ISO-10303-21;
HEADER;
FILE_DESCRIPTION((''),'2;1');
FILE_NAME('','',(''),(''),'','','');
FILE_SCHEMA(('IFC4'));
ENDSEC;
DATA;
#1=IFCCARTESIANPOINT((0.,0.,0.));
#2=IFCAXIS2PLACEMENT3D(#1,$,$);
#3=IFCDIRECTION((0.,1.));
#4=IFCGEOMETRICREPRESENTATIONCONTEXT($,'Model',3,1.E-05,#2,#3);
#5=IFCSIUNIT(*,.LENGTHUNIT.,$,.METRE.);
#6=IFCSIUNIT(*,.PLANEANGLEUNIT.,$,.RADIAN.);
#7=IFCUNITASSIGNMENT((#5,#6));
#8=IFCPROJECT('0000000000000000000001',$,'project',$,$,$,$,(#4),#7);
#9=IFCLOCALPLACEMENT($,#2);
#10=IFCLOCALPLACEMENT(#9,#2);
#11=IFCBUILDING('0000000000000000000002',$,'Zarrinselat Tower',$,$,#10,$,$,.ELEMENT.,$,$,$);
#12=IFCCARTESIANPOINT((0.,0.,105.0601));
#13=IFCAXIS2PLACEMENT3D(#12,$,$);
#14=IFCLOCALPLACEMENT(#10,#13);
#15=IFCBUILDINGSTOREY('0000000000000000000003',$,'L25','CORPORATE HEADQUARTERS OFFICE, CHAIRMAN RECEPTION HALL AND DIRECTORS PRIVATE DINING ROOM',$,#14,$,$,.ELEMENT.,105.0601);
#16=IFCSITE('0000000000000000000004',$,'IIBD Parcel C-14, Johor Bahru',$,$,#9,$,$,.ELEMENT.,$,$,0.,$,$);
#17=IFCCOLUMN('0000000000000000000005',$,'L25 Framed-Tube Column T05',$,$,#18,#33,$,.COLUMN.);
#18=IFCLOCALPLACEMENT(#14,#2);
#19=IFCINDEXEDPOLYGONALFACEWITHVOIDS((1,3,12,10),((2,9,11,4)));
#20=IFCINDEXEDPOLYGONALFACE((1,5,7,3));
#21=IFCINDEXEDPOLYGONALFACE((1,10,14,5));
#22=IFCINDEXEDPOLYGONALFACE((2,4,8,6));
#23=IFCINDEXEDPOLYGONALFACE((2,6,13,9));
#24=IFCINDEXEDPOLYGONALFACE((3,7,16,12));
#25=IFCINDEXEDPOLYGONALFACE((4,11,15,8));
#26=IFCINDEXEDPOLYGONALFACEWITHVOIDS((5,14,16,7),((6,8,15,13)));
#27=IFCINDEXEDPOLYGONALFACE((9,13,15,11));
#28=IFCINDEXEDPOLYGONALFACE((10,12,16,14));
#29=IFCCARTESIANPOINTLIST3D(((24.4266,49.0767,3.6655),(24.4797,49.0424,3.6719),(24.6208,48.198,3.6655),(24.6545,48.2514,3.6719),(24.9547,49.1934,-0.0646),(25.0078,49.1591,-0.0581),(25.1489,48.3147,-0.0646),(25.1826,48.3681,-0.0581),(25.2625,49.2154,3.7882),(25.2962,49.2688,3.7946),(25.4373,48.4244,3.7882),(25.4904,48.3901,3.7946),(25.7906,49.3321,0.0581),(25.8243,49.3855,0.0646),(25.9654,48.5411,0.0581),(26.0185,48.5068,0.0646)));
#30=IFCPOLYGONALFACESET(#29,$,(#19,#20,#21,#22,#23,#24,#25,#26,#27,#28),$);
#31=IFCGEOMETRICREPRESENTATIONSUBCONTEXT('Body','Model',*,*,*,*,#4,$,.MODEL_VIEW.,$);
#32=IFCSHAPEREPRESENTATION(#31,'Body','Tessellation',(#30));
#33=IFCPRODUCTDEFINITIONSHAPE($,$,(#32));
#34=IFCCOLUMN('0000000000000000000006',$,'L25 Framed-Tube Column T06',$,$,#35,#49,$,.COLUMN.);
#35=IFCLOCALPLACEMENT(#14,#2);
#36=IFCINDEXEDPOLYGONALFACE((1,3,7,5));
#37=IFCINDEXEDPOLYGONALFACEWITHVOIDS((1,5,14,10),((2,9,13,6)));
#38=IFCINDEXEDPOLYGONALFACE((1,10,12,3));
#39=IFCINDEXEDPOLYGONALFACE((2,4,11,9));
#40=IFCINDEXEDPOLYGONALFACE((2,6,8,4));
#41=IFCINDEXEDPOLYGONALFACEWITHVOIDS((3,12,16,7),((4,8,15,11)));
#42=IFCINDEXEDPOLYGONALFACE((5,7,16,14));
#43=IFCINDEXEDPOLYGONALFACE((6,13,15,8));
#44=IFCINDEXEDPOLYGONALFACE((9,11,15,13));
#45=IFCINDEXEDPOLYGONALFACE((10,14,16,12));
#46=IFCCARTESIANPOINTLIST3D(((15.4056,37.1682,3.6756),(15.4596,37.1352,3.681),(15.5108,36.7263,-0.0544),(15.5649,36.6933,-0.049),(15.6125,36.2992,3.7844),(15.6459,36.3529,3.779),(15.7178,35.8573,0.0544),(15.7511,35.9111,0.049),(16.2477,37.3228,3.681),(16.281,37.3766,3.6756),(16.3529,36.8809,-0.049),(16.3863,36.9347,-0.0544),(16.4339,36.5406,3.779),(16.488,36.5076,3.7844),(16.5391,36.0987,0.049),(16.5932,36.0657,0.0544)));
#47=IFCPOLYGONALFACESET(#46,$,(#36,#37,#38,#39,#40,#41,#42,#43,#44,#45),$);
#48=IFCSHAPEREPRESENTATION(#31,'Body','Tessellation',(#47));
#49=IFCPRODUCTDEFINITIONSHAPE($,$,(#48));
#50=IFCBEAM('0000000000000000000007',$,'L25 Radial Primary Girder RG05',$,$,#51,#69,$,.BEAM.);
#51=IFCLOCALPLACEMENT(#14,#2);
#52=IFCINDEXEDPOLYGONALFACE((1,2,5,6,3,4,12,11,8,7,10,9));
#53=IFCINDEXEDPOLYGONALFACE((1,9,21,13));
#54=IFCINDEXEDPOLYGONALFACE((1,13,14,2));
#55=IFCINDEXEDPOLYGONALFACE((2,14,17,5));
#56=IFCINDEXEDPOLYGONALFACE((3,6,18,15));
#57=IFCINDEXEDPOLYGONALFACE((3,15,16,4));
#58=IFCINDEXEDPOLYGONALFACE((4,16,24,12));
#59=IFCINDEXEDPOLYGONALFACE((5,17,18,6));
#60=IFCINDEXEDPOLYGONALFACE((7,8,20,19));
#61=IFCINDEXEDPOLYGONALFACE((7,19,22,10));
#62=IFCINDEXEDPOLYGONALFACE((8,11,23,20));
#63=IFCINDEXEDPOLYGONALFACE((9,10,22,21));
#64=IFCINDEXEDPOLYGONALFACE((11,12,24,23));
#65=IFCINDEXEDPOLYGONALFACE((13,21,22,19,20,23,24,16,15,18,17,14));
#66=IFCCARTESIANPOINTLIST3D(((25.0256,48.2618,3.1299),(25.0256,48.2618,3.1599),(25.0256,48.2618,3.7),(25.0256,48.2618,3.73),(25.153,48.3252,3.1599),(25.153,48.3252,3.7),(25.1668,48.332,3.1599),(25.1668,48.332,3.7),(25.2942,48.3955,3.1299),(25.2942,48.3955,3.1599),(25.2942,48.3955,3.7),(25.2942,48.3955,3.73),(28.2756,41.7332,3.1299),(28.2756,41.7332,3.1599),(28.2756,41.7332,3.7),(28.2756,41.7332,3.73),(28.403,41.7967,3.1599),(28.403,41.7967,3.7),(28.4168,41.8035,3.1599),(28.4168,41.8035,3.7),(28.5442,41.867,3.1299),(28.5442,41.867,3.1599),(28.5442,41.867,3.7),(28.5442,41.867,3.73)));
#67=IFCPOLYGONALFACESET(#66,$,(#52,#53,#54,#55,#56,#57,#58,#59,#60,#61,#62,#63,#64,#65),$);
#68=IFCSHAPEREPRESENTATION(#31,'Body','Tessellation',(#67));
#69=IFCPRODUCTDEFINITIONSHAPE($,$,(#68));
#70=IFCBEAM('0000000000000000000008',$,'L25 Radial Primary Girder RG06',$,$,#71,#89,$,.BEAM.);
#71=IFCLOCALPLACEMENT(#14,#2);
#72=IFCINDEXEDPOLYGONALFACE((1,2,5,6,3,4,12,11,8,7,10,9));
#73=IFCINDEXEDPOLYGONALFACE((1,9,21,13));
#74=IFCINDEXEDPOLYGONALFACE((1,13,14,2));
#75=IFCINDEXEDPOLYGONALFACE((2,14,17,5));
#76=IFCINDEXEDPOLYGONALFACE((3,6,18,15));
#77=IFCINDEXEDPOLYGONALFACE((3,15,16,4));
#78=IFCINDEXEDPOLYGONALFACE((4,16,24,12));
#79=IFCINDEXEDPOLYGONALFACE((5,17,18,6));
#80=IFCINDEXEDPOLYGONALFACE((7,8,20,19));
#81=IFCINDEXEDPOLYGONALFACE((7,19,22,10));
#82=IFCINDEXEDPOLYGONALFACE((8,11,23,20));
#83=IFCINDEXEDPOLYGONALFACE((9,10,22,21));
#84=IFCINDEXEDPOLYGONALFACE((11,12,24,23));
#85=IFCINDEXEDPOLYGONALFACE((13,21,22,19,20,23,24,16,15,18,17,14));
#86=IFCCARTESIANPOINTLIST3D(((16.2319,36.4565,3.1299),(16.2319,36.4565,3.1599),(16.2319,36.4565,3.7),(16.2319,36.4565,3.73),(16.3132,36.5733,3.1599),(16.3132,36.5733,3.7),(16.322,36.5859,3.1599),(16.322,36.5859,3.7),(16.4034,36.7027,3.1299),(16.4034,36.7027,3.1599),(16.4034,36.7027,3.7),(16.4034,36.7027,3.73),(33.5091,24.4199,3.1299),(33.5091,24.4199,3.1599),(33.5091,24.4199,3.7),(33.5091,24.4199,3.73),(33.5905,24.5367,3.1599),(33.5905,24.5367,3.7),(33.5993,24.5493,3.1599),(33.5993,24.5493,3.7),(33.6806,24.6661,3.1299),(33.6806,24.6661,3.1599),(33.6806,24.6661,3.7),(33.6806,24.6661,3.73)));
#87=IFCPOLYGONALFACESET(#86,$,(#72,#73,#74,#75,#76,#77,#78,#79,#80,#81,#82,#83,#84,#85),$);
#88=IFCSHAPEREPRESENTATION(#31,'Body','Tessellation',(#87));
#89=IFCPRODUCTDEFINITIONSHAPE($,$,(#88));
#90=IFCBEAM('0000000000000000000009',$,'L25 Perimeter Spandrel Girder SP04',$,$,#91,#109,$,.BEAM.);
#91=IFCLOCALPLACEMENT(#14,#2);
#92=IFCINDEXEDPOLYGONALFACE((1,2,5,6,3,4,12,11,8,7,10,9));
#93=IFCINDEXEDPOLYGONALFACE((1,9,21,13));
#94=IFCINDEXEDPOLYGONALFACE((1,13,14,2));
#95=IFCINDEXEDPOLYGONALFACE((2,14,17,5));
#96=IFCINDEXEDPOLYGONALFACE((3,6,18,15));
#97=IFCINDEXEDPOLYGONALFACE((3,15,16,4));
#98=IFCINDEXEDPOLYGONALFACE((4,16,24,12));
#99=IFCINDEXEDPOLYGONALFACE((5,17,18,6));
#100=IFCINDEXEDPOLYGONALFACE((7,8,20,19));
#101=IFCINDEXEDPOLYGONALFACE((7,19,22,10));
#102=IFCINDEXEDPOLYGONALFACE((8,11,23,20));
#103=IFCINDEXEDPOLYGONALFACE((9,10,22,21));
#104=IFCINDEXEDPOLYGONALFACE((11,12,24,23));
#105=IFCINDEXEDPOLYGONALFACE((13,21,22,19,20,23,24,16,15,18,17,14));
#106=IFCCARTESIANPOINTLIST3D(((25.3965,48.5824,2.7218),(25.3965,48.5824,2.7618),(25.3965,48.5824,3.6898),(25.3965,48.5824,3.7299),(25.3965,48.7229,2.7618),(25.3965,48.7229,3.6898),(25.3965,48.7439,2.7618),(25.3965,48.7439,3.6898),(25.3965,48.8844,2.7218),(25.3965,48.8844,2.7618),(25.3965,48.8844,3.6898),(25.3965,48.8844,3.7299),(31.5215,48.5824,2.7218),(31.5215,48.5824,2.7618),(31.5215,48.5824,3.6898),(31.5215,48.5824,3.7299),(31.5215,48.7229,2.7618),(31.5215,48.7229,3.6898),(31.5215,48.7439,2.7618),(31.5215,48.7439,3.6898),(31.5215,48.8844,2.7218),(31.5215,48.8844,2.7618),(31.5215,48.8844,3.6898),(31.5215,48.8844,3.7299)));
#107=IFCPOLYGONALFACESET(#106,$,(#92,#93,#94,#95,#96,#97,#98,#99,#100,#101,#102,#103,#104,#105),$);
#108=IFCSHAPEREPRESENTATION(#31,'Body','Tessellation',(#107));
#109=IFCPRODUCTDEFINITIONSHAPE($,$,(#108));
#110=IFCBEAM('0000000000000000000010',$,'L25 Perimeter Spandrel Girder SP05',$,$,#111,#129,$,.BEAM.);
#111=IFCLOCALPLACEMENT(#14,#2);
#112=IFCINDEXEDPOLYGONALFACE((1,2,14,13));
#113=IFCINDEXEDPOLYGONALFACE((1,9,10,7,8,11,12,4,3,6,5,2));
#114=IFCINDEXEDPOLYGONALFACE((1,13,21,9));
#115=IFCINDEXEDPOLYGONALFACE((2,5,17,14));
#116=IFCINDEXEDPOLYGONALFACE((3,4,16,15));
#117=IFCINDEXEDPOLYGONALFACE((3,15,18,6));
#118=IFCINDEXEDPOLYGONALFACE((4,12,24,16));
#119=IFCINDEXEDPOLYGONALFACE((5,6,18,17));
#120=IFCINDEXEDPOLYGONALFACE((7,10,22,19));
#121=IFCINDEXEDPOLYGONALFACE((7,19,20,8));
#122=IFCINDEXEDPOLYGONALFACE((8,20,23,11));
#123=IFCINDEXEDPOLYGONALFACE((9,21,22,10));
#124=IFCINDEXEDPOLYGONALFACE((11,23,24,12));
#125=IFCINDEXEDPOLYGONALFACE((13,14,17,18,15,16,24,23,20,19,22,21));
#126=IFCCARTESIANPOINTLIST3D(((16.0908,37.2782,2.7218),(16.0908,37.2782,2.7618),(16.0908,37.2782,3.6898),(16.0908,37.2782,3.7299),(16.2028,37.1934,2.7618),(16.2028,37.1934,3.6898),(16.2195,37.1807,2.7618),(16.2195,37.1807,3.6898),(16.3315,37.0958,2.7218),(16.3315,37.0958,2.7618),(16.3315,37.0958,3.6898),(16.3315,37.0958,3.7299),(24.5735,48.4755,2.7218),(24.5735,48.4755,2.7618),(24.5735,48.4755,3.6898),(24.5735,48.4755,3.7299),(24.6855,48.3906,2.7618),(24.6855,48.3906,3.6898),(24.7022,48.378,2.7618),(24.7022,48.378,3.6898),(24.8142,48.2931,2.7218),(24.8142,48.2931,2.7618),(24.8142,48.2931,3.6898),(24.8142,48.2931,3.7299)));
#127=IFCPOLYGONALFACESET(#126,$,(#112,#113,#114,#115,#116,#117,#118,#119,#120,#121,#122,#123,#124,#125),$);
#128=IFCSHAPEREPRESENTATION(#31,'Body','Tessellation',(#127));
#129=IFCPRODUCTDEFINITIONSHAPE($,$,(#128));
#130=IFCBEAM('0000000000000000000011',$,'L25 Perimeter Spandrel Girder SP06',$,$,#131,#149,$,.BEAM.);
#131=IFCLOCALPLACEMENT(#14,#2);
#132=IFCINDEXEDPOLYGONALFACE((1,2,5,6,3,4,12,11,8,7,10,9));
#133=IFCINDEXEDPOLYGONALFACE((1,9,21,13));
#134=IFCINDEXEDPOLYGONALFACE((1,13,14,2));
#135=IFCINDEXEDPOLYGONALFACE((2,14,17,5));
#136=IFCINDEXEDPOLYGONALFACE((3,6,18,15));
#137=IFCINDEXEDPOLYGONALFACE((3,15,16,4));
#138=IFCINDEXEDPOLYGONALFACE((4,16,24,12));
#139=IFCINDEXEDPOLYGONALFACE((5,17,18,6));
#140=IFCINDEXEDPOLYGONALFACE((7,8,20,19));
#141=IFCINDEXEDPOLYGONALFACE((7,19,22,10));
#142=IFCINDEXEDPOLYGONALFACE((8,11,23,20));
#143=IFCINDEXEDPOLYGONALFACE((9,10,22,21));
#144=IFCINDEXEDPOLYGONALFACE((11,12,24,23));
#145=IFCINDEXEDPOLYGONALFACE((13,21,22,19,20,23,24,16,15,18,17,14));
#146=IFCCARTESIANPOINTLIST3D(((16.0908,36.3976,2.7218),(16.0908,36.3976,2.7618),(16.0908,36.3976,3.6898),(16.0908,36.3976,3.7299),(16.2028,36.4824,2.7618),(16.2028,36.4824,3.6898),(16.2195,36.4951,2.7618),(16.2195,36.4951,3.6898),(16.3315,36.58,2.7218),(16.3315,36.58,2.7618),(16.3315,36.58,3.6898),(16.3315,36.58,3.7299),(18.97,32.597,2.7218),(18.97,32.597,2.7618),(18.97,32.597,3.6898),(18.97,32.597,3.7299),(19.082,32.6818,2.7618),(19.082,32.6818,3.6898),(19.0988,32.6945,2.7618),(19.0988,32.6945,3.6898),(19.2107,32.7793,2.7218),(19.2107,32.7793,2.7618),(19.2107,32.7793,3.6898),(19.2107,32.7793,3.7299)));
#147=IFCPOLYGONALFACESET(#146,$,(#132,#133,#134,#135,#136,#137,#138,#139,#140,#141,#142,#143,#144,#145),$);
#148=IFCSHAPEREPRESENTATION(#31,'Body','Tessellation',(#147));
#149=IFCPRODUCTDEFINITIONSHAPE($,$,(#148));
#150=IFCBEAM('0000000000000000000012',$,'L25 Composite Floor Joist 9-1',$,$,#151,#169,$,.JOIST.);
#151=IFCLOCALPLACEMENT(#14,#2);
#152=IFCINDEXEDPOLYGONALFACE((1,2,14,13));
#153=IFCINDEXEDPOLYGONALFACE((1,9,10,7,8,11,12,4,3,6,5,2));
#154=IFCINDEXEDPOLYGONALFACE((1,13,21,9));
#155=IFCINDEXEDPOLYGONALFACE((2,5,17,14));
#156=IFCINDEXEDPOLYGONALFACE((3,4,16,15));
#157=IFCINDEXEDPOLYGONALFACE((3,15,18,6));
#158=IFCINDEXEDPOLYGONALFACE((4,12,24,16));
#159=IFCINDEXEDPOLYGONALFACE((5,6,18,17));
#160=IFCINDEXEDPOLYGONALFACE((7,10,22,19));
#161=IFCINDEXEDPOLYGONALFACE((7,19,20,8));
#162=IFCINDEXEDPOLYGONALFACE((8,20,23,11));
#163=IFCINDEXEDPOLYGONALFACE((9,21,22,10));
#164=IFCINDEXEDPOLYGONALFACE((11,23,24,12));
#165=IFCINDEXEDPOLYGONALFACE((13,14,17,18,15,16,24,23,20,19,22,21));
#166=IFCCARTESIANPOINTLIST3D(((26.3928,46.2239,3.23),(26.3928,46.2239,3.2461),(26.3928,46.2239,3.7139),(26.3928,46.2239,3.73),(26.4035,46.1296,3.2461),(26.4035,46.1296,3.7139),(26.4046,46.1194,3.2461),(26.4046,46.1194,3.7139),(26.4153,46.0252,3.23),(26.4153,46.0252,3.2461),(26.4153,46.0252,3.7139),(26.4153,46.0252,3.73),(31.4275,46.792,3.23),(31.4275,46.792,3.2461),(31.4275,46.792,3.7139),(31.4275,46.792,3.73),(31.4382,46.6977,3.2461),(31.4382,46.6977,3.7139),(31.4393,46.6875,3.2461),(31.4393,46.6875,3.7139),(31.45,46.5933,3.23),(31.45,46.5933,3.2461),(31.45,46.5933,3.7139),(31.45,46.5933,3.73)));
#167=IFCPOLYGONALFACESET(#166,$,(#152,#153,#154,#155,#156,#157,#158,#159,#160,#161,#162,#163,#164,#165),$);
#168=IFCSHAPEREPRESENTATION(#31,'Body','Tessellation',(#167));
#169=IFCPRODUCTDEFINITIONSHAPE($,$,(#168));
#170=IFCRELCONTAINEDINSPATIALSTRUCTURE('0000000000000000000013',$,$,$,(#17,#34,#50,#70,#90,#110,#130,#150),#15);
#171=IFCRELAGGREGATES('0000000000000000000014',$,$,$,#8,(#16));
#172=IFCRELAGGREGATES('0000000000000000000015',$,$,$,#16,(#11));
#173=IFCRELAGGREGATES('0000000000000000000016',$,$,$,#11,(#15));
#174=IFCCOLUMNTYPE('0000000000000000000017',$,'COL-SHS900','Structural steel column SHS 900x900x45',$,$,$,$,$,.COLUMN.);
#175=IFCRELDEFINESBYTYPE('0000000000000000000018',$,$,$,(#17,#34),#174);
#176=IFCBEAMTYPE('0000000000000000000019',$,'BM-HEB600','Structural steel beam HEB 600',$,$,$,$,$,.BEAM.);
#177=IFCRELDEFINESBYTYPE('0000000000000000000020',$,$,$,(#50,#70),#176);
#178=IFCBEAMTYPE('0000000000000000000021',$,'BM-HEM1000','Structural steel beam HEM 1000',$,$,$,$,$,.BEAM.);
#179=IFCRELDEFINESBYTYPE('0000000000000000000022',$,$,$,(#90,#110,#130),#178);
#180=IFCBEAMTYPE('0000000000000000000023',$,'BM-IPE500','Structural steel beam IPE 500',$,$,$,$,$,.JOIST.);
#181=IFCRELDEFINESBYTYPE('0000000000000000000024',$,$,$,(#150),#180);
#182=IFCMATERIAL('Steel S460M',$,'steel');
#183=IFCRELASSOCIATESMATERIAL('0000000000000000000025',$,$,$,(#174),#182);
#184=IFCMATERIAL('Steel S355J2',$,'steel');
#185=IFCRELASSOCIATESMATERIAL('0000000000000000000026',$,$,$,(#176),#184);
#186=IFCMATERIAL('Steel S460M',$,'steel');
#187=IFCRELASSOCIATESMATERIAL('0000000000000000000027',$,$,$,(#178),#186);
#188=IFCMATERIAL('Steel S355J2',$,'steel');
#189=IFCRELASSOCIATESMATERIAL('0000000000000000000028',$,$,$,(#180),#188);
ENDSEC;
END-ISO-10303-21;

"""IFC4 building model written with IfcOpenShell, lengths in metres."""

from ifc_helpers import new_model, si_unit, direction, frame, origin, origin_2d, place, context, subcontext, project, spatial, hollow_rectangle, i_section, extrude, material, material_profile, profile_set, type_object, element, save


model = new_model("IFC4")

# Units and contexts
model_context = context("Model", 3, precision=1e-05, world=origin(), true_north=direction((0.0, 1.0)))
body_context = subcontext(model_context, "Body", "Model", "MODEL_VIEW")
ifc_project = project(units=[si_unit("LENGTHUNIT", "METRE"), si_unit("PLANEANGLEUNIT", "RADIAN")], contexts=[model_context])

# Site, building, storey
site_placement = place(None, origin())
site = spatial("IfcSite", under=ifc_project, at=site_placement, Name="IIBD Parcel C-14, Johor Bahru", CompositionType="ELEMENT", RefElevation=0.0)
building_placement = place(site_placement, origin())
building = spatial("IfcBuilding", under=site, at=building_placement, Name="Zarrinselat Tower", CompositionType="ELEMENT")
storey_placement = place(building_placement, frame((0.0, 0.0, 105.0601)))
storey = spatial("IfcBuildingStorey", under=building, at=storey_placement, Name="L25", Description="CORPORATE HEADQUARTERS OFFICE, CHAIRMAN RECEPTION HALL AND DIRECTORS PRIVATE DINING ROOM", CompositionType="ELEMENT", Elevation=105.0601)

# Columns
ifc_material_1 = material(Name="Steel S460M", Category="steel")
ifc_material_profile_1 = material_profile(ifc_material_1, hollow_rectangle(XDim=0.8999, YDim=0.8999, WallThickness=0.0449, at=origin_2d()), Name="SHS 900x900x45")
ifc_profile_set_1 = profile_set([ifc_material_profile_1], Name="Steel S460M")
column_type = type_object("IfcColumnType", Name="COL-SHS900", Description="Structural steel column SHS 900x900x45", PredefinedType="COLUMN", material=ifc_profile_set_1)
column_1_placement = place(storey_placement, frame((25.4866, 48.8501, 0.0), z_axis=(-0.140111, -0.030963, 0.989652), x_axis=(0.215783, -0.976441, 0.0)))
element("IfcColumn", 1, at=column_1_placement, inside=storey, type_object=column_type, Name="L25 Framed-Tube Column T05", PredefinedType="COLUMN", context=body_context, shape_type="SweptSolid", body=[
    extrude(hollow_rectangle(XDim=0.8999, YDim=0.8999, WallThickness=0.0449, at=origin_2d()), origin(), (0.0, 0.0, 1.0), 3.769),
])
column_2_placement = place(storey_placement, frame((16.052, 36.396, 0.0), z_axis=(-0.028004, 0.117602, 0.992666), x_axis=(-0.9728, -0.231645, 0.0)))
element("IfcColumn", 2, at=column_2_placement, inside=storey, type_object=column_type, Name="L25 Framed-Tube Column T06", PredefinedType="COLUMN", context=body_context, shape_type="SweptSolid", body=[
    extrude(hollow_rectangle(XDim=0.8999, YDim=0.8999, WallThickness=0.0449, at=origin_2d()), origin(), (0.0, 0.0, 1.0), 3.7576),
])

# Beams
ifc_material_2 = material(Name="Steel S355J2", Category="steel")
ifc_material_profile_2 = material_profile(ifc_material_2, i_section(OverallWidth=0.3, OverallDepth=0.6001, WebThickness=0.0154, FlangeThickness=0.03, at=origin_2d()), Name="HEB 600")
ifc_profile_set_2 = profile_set([ifc_material_profile_2], Name="Steel S355J2")
beam_type_1 = type_object("IfcBeamType", Name="BM-HEB600", Description="Structural steel beam HEB 600", PredefinedType="BEAM", material=ifc_profile_set_2)
beam_1_placement = place(storey_placement, frame((25.1599, 48.3286, 3.4299), z_axis=(0.445646, -0.895209, 0.0), x_axis=(0.895209, 0.445646, 0.0)))
element("IfcBeam", 3, at=beam_1_placement, inside=storey, type_object=beam_type_1, Name="L25 Radial Primary Girder RG05", PredefinedType="BEAM", context=body_context, shape_type="SweptSolid", body=[
    extrude(i_section(OverallWidth=0.3, OverallDepth=0.6001, WebThickness=0.0154, FlangeThickness=0.03, at=origin_2d()), origin(), (0.0, 0.0, 1.0), 7.2927),
])
beam_2_placement = place(storey_placement, frame((16.3176, 36.5796, 3.4299), z_axis=(0.820513, -0.571628, 0.0), x_axis=(0.571628, 0.820513, 0.0)))
element("IfcBeam", 4, at=beam_2_placement, inside=storey, type_object=beam_type_1, Name="L25 Radial Primary Girder RG06", PredefinedType="BEAM", context=body_context, shape_type="SweptSolid", body=[
    extrude(i_section(OverallWidth=0.3, OverallDepth=0.6001, WebThickness=0.0154, FlangeThickness=0.03, at=origin_2d()), origin(), (0.0, 0.0, 1.0), 21.0566),
])
ifc_material_3 = material(Name="Steel S460M", Category="steel")
ifc_material_profile_3 = material_profile(ifc_material_3, i_section(OverallWidth=0.302, OverallDepth=1.0081, WebThickness=0.021, FlangeThickness=0.04, at=origin_2d()), Name="HEM 1000")
ifc_profile_set_3 = profile_set([ifc_material_profile_3], Name="Steel S460M")
beam_type_2 = type_object("IfcBeamType", Name="BM-HEM1000", Description="Structural steel beam HEM 1000", PredefinedType="BEAM", material=ifc_profile_set_3)
beam_3_placement = place(storey_placement, frame((25.3965, 48.7334, 3.2258), z_axis=(1.0, 0.0, 0.0), x_axis=(0.0, 1.0, 0.0)))
element("IfcBeam", 5, at=beam_3_placement, inside=storey, type_object=beam_type_2, Name="L25 Perimeter Spandrel Girder SP04", PredefinedType="BEAM", context=body_context, shape_type="SweptSolid", body=[
    extrude(i_section(OverallWidth=0.302, OverallDepth=1.0081, WebThickness=0.021, FlangeThickness=0.04, at=origin_2d()), origin(), (0.0, 0.0, 1.0), 6.125),
])
beam_4_placement = place(storey_placement, frame((16.2112, 37.187, 3.2258), z_axis=(0.603853, 0.797096, 0.0), x_axis=(-0.797096, 0.603853, 0.0)))
element("IfcBeam", 6, at=beam_4_placement, inside=storey, type_object=beam_type_2, Name="L25 Perimeter Spandrel Girder SP05", PredefinedType="BEAM", context=body_context, shape_type="SweptSolid", body=[
    extrude(i_section(OverallWidth=0.302, OverallDepth=1.0081, WebThickness=0.021, FlangeThickness=0.04, at=origin_2d()), origin(), (0.0, 0.0, 1.0), 14.0476),
])
beam_5_placement = place(storey_placement, frame((16.2112, 36.4888, 3.2258), z_axis=(0.603852, -0.797097, 0.0), x_axis=(0.797097, 0.603852, 0.0)))
element("IfcBeam", 7, at=beam_5_placement, inside=storey, type_object=beam_type_2, Name="L25 Perimeter Spandrel Girder SP06", PredefinedType="BEAM", context=body_context, shape_type="SweptSolid", body=[
    extrude(i_section(OverallWidth=0.302, OverallDepth=1.0081, WebThickness=0.021, FlangeThickness=0.04, at=origin_2d()), origin(), (0.0, 0.0, 1.0), 4.7681),
])
ifc_material_4 = material(Name="Steel S355J2", Category="steel")
ifc_material_profile_4 = material_profile(ifc_material_4, i_section(OverallWidth=0.2, OverallDepth=0.5, WebThickness=0.0103, FlangeThickness=0.0161, at=origin_2d()), Name="IPE 500")
ifc_profile_set_4 = profile_set([ifc_material_profile_4], Name="Steel S355J2")
beam_type_3 = type_object("IfcBeamType", Name="BM-IPE500", Description="Structural steel beam IPE 500", PredefinedType="JOIST", material=ifc_profile_set_4)
beam_6_placement = place(storey_placement, frame((26.4041, 46.1245, 3.48), z_axis=(0.993694, 0.112129, 0.0), x_axis=(-0.112129, 0.993694, 0.0)))
element("IfcBeam", 8, at=beam_6_placement, inside=storey, type_object=beam_type_3, Name="L25 Composite Floor Joist 9-1", PredefinedType="JOIST", context=body_context, shape_type="SweptSolid", body=[
    extrude(i_section(OverallWidth=0.2, OverallDepth=0.5, WebThickness=0.0103, FlangeThickness=0.0161, at=origin_2d()), origin(), (0.0, 0.0, 1.0), 5.0667),
])

save(model, "model.ifc")
